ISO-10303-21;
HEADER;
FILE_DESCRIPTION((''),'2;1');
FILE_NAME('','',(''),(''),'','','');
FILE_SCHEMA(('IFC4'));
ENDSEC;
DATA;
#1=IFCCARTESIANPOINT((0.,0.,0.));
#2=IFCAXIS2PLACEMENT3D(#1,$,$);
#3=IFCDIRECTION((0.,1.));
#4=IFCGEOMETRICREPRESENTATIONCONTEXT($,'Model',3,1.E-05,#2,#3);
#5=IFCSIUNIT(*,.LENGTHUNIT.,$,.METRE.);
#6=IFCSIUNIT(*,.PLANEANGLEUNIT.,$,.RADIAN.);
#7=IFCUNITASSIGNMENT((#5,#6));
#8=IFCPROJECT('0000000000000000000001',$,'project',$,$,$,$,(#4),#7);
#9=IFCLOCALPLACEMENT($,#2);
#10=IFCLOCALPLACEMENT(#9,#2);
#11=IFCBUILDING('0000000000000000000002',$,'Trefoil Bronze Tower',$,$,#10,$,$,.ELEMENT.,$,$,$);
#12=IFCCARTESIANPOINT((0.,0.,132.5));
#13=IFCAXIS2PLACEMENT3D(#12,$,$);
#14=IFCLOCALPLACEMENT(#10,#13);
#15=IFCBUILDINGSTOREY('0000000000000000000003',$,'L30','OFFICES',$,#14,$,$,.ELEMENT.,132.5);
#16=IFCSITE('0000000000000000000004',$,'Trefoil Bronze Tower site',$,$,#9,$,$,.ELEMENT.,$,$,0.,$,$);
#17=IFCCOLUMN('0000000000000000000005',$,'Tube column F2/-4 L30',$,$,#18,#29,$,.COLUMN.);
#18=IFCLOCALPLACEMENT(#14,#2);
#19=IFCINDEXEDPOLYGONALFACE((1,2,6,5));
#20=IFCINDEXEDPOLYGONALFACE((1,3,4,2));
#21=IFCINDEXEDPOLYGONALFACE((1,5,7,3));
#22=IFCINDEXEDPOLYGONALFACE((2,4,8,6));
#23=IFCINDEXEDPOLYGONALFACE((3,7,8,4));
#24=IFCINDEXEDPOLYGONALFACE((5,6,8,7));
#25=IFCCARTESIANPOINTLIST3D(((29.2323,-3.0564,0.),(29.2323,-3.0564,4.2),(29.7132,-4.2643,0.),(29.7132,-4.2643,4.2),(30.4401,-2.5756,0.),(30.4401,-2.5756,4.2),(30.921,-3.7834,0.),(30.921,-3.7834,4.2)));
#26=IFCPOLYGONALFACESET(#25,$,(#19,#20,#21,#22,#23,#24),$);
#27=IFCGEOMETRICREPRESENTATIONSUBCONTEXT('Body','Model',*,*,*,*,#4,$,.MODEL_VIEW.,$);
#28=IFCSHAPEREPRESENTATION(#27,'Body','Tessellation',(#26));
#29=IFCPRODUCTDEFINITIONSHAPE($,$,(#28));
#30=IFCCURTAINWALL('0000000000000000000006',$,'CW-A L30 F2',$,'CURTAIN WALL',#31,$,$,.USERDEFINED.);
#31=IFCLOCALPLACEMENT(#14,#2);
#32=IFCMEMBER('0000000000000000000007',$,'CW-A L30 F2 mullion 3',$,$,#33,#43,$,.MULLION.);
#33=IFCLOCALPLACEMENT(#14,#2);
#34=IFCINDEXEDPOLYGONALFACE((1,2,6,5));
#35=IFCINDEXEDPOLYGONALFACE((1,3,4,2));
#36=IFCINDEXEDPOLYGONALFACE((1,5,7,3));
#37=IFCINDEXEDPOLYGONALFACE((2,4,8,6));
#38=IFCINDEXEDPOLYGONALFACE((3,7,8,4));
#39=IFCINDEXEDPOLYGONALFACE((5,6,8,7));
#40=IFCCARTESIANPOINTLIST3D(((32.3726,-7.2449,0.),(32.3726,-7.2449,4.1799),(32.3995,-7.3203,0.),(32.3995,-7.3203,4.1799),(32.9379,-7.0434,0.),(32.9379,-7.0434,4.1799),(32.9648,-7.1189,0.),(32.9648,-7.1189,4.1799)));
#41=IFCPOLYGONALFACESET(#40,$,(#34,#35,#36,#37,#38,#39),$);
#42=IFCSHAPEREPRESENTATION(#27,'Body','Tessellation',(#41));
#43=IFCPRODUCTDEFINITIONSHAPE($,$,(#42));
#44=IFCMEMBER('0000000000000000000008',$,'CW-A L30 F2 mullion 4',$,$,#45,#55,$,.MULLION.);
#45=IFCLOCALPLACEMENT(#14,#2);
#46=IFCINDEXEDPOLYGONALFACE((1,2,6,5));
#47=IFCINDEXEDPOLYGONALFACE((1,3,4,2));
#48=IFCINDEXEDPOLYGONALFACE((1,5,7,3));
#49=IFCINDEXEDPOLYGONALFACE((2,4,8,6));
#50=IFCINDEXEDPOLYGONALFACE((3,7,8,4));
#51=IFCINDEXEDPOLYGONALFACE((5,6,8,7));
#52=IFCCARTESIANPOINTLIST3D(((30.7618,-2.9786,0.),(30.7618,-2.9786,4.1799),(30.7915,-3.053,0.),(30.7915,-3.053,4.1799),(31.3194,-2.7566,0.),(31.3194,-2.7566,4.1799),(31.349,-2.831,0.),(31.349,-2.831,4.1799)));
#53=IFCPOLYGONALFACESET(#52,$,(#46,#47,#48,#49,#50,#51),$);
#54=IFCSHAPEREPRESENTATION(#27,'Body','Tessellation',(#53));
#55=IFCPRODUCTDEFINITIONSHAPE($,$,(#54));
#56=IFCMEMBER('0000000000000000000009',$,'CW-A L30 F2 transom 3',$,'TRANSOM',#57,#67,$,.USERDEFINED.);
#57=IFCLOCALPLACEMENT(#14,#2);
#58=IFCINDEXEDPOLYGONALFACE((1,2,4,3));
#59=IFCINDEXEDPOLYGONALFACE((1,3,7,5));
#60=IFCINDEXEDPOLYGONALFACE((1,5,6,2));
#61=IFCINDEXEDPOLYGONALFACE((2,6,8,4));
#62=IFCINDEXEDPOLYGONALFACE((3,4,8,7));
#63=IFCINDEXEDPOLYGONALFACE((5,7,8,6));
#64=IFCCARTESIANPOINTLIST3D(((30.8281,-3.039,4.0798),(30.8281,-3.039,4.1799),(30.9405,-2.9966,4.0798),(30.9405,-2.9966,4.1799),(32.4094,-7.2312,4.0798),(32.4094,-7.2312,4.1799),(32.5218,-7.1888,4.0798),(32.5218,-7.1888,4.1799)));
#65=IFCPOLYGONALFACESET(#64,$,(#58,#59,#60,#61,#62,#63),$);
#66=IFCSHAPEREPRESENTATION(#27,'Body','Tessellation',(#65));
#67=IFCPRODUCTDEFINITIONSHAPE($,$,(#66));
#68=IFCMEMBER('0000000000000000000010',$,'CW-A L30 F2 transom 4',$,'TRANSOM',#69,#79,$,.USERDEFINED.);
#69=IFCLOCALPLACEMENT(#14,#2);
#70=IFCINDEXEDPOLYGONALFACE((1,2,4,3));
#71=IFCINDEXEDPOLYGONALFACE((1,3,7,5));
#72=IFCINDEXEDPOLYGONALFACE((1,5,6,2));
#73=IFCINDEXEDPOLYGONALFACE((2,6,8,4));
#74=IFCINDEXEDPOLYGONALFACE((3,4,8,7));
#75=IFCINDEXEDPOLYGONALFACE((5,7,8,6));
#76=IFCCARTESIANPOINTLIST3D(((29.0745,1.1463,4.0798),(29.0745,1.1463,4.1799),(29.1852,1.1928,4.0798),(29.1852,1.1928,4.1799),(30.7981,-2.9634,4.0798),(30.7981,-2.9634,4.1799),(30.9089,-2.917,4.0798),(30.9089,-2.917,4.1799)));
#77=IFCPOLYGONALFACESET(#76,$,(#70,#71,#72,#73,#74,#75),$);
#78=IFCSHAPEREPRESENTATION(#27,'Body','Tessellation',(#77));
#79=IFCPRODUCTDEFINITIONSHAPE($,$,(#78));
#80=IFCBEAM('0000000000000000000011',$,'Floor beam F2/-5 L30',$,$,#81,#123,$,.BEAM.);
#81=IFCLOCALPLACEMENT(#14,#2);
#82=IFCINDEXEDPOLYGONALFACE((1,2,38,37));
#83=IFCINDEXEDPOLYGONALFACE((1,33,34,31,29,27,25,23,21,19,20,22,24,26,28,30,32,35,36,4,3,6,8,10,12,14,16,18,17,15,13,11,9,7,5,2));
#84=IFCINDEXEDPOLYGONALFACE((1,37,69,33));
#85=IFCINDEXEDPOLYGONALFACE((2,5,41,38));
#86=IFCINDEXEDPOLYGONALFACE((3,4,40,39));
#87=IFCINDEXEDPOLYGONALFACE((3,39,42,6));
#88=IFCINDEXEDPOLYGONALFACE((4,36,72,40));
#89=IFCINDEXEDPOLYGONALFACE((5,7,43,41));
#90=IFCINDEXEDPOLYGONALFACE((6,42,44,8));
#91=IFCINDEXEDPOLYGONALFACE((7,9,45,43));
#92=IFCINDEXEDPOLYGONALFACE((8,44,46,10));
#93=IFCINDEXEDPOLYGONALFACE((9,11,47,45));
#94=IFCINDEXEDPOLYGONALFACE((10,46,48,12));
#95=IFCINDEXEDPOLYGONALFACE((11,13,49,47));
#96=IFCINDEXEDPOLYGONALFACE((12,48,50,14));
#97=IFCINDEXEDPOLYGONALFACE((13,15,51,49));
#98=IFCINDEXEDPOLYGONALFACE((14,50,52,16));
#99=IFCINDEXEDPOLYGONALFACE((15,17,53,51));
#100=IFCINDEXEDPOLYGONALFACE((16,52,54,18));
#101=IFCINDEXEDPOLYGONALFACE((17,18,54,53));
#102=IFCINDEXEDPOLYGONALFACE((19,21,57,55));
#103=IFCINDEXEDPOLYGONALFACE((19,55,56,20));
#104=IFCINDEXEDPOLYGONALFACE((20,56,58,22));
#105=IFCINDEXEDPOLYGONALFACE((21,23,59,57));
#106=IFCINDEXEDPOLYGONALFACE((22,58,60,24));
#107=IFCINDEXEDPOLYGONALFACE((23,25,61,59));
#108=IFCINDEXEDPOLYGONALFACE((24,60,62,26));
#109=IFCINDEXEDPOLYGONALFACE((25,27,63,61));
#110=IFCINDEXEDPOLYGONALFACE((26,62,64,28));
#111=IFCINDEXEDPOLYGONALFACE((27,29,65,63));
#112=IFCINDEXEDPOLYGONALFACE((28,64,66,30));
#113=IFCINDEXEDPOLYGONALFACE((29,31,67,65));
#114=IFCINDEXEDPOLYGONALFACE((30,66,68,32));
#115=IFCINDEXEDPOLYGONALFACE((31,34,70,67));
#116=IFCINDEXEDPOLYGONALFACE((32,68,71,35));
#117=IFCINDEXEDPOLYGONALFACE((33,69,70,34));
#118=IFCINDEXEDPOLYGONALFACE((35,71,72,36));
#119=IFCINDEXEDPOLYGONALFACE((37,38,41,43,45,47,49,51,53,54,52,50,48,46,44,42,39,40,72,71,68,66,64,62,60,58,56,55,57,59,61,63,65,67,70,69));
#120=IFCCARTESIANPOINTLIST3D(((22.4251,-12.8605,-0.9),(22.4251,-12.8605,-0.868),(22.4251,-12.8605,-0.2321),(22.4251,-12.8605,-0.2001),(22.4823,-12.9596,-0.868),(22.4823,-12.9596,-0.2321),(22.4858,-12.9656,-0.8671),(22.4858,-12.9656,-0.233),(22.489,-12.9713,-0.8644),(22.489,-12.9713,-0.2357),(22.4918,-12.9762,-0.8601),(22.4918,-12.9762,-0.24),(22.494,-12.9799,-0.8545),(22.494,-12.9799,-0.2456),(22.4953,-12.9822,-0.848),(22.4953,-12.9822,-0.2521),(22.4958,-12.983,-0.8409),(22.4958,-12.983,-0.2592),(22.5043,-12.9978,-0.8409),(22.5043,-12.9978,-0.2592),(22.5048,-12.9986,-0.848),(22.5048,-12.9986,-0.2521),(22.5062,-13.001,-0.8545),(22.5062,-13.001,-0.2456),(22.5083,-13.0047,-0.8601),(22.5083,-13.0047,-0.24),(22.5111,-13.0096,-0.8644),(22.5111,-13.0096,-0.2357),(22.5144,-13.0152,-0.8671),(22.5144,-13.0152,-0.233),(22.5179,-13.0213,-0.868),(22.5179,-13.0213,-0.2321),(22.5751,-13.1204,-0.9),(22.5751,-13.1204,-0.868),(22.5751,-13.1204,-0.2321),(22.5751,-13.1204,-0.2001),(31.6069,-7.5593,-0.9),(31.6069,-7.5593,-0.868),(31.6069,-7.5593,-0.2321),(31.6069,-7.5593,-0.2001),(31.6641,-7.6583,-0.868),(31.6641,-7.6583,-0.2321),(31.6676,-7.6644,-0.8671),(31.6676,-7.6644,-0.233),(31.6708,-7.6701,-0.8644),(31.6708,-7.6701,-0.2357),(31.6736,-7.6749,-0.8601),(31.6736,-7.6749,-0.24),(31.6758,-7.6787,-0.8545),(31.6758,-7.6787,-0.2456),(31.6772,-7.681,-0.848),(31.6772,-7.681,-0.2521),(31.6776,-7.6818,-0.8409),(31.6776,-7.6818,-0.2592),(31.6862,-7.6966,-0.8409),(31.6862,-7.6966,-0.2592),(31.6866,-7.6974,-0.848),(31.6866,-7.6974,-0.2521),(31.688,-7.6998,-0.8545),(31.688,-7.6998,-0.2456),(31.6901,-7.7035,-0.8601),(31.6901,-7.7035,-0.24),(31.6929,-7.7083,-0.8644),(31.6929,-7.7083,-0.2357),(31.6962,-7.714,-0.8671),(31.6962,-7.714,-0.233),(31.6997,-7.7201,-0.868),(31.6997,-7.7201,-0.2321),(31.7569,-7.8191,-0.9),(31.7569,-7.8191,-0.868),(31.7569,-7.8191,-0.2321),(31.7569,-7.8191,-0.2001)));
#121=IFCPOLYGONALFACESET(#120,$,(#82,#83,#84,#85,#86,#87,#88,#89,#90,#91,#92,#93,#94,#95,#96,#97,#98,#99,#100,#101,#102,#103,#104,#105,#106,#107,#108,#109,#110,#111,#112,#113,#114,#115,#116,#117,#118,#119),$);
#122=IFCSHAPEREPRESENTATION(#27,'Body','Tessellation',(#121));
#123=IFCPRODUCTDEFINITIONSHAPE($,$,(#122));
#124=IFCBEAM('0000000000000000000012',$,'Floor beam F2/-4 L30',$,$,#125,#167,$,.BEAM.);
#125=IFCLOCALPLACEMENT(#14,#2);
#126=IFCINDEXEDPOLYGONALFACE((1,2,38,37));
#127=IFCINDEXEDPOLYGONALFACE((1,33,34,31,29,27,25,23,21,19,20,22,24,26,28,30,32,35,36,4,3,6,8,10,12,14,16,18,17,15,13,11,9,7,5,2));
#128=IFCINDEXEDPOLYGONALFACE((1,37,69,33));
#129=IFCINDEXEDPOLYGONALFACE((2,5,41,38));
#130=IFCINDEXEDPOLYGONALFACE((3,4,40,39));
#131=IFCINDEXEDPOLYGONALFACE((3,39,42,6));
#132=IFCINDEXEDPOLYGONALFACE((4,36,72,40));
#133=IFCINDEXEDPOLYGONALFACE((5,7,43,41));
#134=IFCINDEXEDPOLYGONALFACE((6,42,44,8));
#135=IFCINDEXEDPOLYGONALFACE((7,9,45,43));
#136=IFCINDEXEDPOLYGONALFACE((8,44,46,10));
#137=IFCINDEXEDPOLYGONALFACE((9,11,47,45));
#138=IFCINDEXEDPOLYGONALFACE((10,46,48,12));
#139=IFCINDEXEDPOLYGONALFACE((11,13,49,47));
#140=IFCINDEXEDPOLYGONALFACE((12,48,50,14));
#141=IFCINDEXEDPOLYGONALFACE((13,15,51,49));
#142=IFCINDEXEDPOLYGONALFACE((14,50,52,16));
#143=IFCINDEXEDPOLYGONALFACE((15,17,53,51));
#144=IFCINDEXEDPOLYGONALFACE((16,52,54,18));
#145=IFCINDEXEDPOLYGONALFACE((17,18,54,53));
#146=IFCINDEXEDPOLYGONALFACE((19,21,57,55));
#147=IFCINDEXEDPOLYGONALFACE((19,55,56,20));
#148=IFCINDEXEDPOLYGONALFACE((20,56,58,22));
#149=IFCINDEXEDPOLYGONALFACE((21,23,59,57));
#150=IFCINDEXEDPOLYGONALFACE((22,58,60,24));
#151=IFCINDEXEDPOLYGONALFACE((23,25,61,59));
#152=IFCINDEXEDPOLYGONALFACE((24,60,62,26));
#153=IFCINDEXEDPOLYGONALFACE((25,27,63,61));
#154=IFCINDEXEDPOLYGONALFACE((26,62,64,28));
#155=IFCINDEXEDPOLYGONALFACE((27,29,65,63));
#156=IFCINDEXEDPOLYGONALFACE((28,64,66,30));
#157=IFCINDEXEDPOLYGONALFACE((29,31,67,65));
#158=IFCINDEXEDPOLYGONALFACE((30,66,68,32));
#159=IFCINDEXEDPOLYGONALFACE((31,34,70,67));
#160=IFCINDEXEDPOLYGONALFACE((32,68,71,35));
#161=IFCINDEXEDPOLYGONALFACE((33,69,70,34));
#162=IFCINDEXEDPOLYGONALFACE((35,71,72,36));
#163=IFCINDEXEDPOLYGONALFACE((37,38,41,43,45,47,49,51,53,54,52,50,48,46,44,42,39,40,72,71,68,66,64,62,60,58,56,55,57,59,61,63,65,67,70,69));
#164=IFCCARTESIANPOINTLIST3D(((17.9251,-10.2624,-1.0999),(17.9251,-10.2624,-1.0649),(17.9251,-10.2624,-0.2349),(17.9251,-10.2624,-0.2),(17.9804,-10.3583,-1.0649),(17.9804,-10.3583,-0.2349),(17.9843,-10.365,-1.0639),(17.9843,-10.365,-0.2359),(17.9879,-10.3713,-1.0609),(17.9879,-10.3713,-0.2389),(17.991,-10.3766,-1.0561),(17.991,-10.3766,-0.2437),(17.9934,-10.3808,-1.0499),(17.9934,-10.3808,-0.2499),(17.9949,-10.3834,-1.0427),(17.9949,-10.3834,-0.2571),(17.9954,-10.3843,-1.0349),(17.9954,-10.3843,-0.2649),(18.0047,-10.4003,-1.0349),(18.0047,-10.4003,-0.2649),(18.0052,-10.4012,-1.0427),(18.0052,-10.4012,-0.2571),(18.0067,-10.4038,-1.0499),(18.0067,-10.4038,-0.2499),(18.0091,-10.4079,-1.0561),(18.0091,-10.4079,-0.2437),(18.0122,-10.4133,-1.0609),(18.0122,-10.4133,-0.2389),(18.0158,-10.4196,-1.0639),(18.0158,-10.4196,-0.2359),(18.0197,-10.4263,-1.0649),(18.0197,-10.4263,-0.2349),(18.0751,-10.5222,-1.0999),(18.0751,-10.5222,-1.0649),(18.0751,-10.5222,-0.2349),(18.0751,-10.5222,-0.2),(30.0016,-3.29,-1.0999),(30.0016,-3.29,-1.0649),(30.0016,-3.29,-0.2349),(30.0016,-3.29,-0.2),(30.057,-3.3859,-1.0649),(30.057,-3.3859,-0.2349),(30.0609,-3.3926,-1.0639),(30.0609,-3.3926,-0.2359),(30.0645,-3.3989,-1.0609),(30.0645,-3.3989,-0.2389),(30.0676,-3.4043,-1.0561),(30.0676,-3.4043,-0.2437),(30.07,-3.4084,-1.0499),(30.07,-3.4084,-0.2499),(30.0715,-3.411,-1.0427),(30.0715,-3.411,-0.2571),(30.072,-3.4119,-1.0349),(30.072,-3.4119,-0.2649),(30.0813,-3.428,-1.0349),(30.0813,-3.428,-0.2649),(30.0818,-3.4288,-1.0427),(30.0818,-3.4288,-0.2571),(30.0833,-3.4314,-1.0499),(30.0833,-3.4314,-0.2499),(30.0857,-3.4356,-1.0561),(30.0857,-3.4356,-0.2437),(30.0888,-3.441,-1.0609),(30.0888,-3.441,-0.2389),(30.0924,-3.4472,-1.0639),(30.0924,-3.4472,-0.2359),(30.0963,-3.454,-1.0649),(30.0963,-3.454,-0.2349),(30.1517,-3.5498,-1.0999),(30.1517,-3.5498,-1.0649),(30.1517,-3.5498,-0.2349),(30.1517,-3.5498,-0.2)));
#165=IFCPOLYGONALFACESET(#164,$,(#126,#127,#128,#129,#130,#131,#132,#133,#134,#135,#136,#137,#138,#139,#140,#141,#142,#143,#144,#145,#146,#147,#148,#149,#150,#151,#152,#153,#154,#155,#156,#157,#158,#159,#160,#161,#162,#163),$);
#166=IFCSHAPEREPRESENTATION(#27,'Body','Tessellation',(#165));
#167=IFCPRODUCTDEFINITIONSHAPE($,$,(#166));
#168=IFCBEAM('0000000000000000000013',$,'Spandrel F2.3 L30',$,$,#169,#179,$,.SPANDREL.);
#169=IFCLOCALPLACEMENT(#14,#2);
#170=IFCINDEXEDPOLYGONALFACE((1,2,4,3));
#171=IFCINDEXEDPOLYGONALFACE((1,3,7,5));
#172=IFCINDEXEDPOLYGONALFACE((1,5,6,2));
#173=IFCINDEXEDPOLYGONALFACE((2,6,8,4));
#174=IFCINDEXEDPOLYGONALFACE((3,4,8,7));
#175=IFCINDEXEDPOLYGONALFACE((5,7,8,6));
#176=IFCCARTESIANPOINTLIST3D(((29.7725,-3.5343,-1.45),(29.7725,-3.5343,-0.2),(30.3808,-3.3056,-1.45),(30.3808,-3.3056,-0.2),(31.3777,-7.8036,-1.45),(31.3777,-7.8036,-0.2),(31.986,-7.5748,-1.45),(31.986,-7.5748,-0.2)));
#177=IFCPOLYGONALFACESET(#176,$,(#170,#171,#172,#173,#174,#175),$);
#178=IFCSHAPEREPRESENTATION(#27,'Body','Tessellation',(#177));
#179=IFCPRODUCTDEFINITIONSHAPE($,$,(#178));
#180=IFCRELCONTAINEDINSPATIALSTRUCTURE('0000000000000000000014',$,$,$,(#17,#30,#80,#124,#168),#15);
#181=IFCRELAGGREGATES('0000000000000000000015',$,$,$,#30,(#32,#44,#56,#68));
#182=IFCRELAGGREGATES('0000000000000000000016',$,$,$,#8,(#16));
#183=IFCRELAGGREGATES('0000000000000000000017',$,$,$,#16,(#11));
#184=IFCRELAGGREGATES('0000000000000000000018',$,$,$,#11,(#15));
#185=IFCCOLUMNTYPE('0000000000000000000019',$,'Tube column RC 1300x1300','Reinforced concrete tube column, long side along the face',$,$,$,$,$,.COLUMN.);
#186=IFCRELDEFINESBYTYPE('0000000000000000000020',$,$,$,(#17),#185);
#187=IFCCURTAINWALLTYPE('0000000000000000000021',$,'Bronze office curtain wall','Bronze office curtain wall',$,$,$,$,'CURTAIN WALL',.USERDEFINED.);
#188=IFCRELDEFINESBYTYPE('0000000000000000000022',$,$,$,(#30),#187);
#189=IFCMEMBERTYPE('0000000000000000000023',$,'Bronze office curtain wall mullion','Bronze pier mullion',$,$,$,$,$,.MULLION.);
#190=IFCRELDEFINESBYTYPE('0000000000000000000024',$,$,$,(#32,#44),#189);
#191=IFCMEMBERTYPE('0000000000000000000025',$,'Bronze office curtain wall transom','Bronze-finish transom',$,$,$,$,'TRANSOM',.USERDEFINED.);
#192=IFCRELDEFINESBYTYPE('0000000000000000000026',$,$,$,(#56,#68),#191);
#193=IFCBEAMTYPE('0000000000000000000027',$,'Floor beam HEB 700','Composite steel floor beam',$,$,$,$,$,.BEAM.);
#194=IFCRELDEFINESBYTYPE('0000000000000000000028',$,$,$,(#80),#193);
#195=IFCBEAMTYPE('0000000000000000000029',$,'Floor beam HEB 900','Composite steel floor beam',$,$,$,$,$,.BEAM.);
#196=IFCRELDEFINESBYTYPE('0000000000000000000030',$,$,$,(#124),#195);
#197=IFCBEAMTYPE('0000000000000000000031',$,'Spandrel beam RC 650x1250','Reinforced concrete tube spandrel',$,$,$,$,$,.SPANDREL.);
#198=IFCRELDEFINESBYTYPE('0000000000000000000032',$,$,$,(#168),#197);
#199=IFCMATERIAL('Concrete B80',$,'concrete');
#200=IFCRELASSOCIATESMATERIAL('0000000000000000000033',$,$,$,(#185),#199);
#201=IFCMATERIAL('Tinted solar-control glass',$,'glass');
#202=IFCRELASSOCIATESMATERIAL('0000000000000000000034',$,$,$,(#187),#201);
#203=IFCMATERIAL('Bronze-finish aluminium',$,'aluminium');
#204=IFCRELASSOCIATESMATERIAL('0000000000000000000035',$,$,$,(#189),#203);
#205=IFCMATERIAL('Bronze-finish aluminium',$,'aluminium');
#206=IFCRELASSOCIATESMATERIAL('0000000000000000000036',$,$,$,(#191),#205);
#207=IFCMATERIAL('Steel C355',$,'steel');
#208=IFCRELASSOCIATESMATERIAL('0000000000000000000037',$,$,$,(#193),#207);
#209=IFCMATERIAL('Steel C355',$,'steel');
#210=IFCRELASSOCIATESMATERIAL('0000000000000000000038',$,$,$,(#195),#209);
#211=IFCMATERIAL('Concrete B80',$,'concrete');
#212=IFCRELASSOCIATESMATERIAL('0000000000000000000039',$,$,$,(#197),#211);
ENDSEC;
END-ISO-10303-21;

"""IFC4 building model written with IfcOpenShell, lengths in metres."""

from ifc_helpers import new_model, si_unit, direction, frame, origin, origin_2d, place, context, subcontext, project, spatial, rectangle, i_section, extrude, material, material_profile, profile_set, type_object, element, aggregate, save


model = new_model("IFC4")

# Units and contexts
model_context = context("Model", 3, precision=1e-05, world=origin(), true_north=direction((0.0, 1.0)))
body_context = subcontext(model_context, "Body", "Model", "MODEL_VIEW")
ifc_project = project(units=[si_unit("LENGTHUNIT", "METRE"), si_unit("PLANEANGLEUNIT", "RADIAN")], contexts=[model_context])

# Site, building, storey
site_placement = place(None, origin())
site = spatial("IfcSite", under=ifc_project, at=site_placement, Name="Trefoil Bronze Tower site", CompositionType="ELEMENT", RefElevation=0.0)
building_placement = place(site_placement, origin())
building = spatial("IfcBuilding", under=site, at=building_placement, Name="Trefoil Bronze Tower", CompositionType="ELEMENT")
storey_placement = place(building_placement, frame((0.0, 0.0, 132.5)))
storey = spatial("IfcBuildingStorey", under=building, at=storey_placement, Name="L30", Description="OFFICES", CompositionType="ELEMENT", Elevation=132.5)

# Column
ifc_material_1 = material(Name="Concrete B80", Category="concrete")
ifc_material_profile_1 = material_profile(ifc_material_1, rectangle(XDim=1.3, YDim=1.3, at=origin_2d()), Name="RC 1300x1300")
ifc_profile_set_1 = profile_set([ifc_material_profile_1], Name="Concrete B80")
column_type = type_object("IfcColumnType", Name="Tube column RC 1300x1300", Description="Reinforced concrete tube column, long side along the face", PredefinedType="COLUMN", material=ifc_profile_set_1)
column_placement = place(storey_placement, frame((30.0767, -3.4199, 0.0), z_axis=(0.0, 0.0, 1.0), x_axis=(-0.369901, 0.929071, 0.0)))
element("IfcColumn", 1, at=column_placement, inside=storey, type_object=column_type, Name="Tube column F2/-4 L30", PredefinedType="COLUMN", context=body_context, shape_type="SweptSolid", body=[
    extrude(rectangle(XDim=1.3, YDim=1.3, at=origin_2d()), origin(), (0.0, 0.0, 1.0), 4.2),
])

# Curtain wall, members
ifc_material_2 = material(Name="Tinted solar-control glass", Category="glass")
curtain_wall_type = type_object("IfcCurtainWallType", Name="Bronze office curtain wall", Description="Bronze office curtain wall", ElementType="CURTAIN WALL", PredefinedType="USERDEFINED", material=ifc_material_2)
curtain_wall_placement = place(storey_placement, origin())
curtain_wall = element("IfcCurtainWall", 2, at=curtain_wall_placement, inside=storey, type_object=curtain_wall_type, Name="CW-A L30 F2", ObjectType="CURTAIN WALL", PredefinedType="USERDEFINED")
ifc_material_3 = material(Name="Bronze-finish aluminium", Category="aluminium")
ifc_material_profile_2 = material_profile(ifc_material_3, rectangle(XDim=0.6001, YDim=0.0801, at=origin_2d()), Name="CW-A mullion")
ifc_profile_set_2 = profile_set([ifc_material_profile_2], Name="Bronze-finish aluminium")
member_type_1 = type_object("IfcMemberType", Name="Bronze office curtain wall mullion", Description="Bronze pier mullion", PredefinedType="MULLION", material=ifc_profile_set_2)
member_1_placement = place(storey_placement, frame((32.6687, -7.1819, 0.0), z_axis=(0.0, 0.0, 1.0), x_axis=(-0.941963, -0.335718, 0.0)))
member_1 = element("IfcMember", 3, at=member_1_placement, type_object=member_type_1, Name="CW-A L30 F2 mullion 3", PredefinedType="MULLION", context=body_context, shape_type="SweptSolid", body=[
    extrude(rectangle(XDim=0.6001, YDim=0.0801, at=origin_2d()), origin(), (0.0, 0.0, 1.0), 4.1799),
])
member_2_placement = place(storey_placement, frame((31.0554, -2.9048, 0.0), z_axis=(0.0, 0.0, 1.0), x_axis=(-0.929071, -0.369901, 0.0)))
member_2 = element("IfcMember", 4, at=member_2_placement, type_object=member_type_1, Name="CW-A L30 F2 mullion 4", PredefinedType="MULLION", context=body_context, shape_type="SweptSolid", body=[
    extrude(rectangle(XDim=0.6001, YDim=0.0801, at=origin_2d()), origin(), (0.0, 0.0, 1.0), 4.1799),
])
ifc_material_4 = material(Name="Bronze-finish aluminium", Category="aluminium")
ifc_material_profile_3 = material_profile(ifc_material_4, rectangle(XDim=0.1201, YDim=0.1001, at=origin_2d()), Name="CW-A transom")
ifc_profile_set_3 = profile_set([ifc_material_profile_3], Name="Bronze-finish aluminium")
member_type_2 = type_object("IfcMemberType", Name="Bronze office curtain wall transom", Description="Bronze-finish transom", ElementType="TRANSOM", PredefinedType="USERDEFINED", material=ifc_profile_set_3)
member_3_placement = place(storey_placement, frame((32.4656, -7.21, 4.1299), z_axis=(-0.352932, 0.935649, 0.0), x_axis=(-0.935649, -0.352932, 0.0)))
member_3 = element("IfcMember", 5, at=member_3_placement, type_object=member_type_2, Name="CW-A L30 F2 transom 3", ObjectType="TRANSOM", PredefinedType="USERDEFINED", context=body_context, shape_type="SweptSolid", body=[
    extrude(rectangle(XDim=0.1201, YDim=0.1001, at=origin_2d()), origin(), (0.0, 0.0, 1.0), 4.4805),
])
member_4_placement = place(storey_placement, frame((30.8535, -2.9402, 4.1299), z_axis=(-0.386773, 0.922175, 0.0), x_axis=(-0.922175, -0.386773, 0.0)))
member_4 = element("IfcMember", 6, at=member_4_placement, type_object=member_type_2, Name="CW-A L30 F2 transom 4", ObjectType="TRANSOM", PredefinedType="USERDEFINED", context=body_context, shape_type="SweptSolid", body=[
    extrude(rectangle(XDim=0.1201, YDim=0.1001, at=origin_2d()), origin(), (0.0, 0.0, 1.0), 4.4565),
])

# Beams
ifc_material_5 = material(Name="Steel C355", Category="steel")
ifc_material_profile_4 = material_profile(ifc_material_5, i_section(OverallWidth=0.3, OverallDepth=0.7, WebThickness=0.0171, FlangeThickness=0.032, FilletRadius=0.0271, at=origin_2d()), Name="HEB 700")
ifc_profile_set_4 = profile_set([ifc_material_profile_4], Name="Steel C355")
beam_type_1 = type_object("IfcBeamType", Name="Floor beam HEB 700", Description="Composite steel floor beam", PredefinedType="BEAM", material=ifc_profile_set_4)
beam_1_placement = place(storey_placement, frame((31.6819, -7.6892, -0.55), z_axis=(-0.866021, -0.500007, 0.0), x_axis=(0.500007, -0.866021, 0.0)))
element("IfcBeam", 7, at=beam_1_placement, inside=storey, type_object=beam_type_1, Name="Floor beam F2/-5 L30", PredefinedType="BEAM", context=body_context, shape_type="SweptSolid", body=[
    extrude(i_section(OverallWidth=0.3, OverallDepth=0.7, WebThickness=0.0171, FlangeThickness=0.032, FilletRadius=0.0271, at=origin_2d()), origin(), (0.0, 0.0, 1.0), 10.6023),
])
ifc_material_6 = material(Name="Steel C355", Category="steel")
ifc_material_profile_5 = material_profile(ifc_material_6, i_section(OverallWidth=0.3, OverallDepth=0.8999, WebThickness=0.0186, FlangeThickness=0.0349, FilletRadius=0.03, at=origin_2d()), Name="HEB 900")
ifc_profile_set_5 = profile_set([ifc_material_profile_5], Name="Steel C355")
beam_type_2 = type_object("IfcBeamType", Name="Floor beam HEB 900", Description="Composite steel floor beam", PredefinedType="BEAM", material=ifc_profile_set_5)
beam_2_placement = place(storey_placement, frame((30.0767, -3.4199, -0.6499), z_axis=(-0.866027, -0.499997, 0.0), x_axis=(0.499997, -0.866027, 0.0)))
element("IfcBeam", 8, at=beam_2_placement, inside=storey, type_object=beam_type_2, Name="Floor beam F2/-4 L30", PredefinedType="BEAM", context=body_context, shape_type="SweptSolid", body=[
    extrude(i_section(OverallWidth=0.3, OverallDepth=0.8999, WebThickness=0.0186, FlangeThickness=0.0349, FilletRadius=0.03, at=origin_2d()), origin(), (0.0, 0.0, 1.0), 13.9448),
])
ifc_material_7 = material(Name="Concrete B80", Category="concrete")
ifc_material_profile_6 = material_profile(ifc_material_7, rectangle(XDim=0.6499, YDim=1.25, at=origin_2d()), Name="RC 650x1250")
ifc_profile_set_6 = profile_set([ifc_material_profile_6], Name="Concrete B80")
beam_type_3 = type_object("IfcBeamType", Name="Spandrel beam RC 650x1250", Description="Reinforced concrete tube spandrel", PredefinedType="SPANDREL", material=ifc_profile_set_6)
beam_3_placement = place(storey_placement, frame((31.6819, -7.6892, -0.825), z_axis=(-0.351939, 0.936023, 0.0), x_axis=(-0.936023, -0.351939, 0.0)))
element("IfcBeam", 9, at=beam_3_placement, inside=storey, type_object=beam_type_3, Name="Spandrel F2.3 L30", PredefinedType="SPANDREL", context=body_context, shape_type="SweptSolid", body=[
    extrude(rectangle(XDim=0.6499, YDim=1.25, at=origin_2d()), origin(), (0.0, 0.0, 1.0), 4.561),
])

aggregate(curtain_wall, [member_1, member_2, member_3, member_4])

save(model, "model.ifc")
